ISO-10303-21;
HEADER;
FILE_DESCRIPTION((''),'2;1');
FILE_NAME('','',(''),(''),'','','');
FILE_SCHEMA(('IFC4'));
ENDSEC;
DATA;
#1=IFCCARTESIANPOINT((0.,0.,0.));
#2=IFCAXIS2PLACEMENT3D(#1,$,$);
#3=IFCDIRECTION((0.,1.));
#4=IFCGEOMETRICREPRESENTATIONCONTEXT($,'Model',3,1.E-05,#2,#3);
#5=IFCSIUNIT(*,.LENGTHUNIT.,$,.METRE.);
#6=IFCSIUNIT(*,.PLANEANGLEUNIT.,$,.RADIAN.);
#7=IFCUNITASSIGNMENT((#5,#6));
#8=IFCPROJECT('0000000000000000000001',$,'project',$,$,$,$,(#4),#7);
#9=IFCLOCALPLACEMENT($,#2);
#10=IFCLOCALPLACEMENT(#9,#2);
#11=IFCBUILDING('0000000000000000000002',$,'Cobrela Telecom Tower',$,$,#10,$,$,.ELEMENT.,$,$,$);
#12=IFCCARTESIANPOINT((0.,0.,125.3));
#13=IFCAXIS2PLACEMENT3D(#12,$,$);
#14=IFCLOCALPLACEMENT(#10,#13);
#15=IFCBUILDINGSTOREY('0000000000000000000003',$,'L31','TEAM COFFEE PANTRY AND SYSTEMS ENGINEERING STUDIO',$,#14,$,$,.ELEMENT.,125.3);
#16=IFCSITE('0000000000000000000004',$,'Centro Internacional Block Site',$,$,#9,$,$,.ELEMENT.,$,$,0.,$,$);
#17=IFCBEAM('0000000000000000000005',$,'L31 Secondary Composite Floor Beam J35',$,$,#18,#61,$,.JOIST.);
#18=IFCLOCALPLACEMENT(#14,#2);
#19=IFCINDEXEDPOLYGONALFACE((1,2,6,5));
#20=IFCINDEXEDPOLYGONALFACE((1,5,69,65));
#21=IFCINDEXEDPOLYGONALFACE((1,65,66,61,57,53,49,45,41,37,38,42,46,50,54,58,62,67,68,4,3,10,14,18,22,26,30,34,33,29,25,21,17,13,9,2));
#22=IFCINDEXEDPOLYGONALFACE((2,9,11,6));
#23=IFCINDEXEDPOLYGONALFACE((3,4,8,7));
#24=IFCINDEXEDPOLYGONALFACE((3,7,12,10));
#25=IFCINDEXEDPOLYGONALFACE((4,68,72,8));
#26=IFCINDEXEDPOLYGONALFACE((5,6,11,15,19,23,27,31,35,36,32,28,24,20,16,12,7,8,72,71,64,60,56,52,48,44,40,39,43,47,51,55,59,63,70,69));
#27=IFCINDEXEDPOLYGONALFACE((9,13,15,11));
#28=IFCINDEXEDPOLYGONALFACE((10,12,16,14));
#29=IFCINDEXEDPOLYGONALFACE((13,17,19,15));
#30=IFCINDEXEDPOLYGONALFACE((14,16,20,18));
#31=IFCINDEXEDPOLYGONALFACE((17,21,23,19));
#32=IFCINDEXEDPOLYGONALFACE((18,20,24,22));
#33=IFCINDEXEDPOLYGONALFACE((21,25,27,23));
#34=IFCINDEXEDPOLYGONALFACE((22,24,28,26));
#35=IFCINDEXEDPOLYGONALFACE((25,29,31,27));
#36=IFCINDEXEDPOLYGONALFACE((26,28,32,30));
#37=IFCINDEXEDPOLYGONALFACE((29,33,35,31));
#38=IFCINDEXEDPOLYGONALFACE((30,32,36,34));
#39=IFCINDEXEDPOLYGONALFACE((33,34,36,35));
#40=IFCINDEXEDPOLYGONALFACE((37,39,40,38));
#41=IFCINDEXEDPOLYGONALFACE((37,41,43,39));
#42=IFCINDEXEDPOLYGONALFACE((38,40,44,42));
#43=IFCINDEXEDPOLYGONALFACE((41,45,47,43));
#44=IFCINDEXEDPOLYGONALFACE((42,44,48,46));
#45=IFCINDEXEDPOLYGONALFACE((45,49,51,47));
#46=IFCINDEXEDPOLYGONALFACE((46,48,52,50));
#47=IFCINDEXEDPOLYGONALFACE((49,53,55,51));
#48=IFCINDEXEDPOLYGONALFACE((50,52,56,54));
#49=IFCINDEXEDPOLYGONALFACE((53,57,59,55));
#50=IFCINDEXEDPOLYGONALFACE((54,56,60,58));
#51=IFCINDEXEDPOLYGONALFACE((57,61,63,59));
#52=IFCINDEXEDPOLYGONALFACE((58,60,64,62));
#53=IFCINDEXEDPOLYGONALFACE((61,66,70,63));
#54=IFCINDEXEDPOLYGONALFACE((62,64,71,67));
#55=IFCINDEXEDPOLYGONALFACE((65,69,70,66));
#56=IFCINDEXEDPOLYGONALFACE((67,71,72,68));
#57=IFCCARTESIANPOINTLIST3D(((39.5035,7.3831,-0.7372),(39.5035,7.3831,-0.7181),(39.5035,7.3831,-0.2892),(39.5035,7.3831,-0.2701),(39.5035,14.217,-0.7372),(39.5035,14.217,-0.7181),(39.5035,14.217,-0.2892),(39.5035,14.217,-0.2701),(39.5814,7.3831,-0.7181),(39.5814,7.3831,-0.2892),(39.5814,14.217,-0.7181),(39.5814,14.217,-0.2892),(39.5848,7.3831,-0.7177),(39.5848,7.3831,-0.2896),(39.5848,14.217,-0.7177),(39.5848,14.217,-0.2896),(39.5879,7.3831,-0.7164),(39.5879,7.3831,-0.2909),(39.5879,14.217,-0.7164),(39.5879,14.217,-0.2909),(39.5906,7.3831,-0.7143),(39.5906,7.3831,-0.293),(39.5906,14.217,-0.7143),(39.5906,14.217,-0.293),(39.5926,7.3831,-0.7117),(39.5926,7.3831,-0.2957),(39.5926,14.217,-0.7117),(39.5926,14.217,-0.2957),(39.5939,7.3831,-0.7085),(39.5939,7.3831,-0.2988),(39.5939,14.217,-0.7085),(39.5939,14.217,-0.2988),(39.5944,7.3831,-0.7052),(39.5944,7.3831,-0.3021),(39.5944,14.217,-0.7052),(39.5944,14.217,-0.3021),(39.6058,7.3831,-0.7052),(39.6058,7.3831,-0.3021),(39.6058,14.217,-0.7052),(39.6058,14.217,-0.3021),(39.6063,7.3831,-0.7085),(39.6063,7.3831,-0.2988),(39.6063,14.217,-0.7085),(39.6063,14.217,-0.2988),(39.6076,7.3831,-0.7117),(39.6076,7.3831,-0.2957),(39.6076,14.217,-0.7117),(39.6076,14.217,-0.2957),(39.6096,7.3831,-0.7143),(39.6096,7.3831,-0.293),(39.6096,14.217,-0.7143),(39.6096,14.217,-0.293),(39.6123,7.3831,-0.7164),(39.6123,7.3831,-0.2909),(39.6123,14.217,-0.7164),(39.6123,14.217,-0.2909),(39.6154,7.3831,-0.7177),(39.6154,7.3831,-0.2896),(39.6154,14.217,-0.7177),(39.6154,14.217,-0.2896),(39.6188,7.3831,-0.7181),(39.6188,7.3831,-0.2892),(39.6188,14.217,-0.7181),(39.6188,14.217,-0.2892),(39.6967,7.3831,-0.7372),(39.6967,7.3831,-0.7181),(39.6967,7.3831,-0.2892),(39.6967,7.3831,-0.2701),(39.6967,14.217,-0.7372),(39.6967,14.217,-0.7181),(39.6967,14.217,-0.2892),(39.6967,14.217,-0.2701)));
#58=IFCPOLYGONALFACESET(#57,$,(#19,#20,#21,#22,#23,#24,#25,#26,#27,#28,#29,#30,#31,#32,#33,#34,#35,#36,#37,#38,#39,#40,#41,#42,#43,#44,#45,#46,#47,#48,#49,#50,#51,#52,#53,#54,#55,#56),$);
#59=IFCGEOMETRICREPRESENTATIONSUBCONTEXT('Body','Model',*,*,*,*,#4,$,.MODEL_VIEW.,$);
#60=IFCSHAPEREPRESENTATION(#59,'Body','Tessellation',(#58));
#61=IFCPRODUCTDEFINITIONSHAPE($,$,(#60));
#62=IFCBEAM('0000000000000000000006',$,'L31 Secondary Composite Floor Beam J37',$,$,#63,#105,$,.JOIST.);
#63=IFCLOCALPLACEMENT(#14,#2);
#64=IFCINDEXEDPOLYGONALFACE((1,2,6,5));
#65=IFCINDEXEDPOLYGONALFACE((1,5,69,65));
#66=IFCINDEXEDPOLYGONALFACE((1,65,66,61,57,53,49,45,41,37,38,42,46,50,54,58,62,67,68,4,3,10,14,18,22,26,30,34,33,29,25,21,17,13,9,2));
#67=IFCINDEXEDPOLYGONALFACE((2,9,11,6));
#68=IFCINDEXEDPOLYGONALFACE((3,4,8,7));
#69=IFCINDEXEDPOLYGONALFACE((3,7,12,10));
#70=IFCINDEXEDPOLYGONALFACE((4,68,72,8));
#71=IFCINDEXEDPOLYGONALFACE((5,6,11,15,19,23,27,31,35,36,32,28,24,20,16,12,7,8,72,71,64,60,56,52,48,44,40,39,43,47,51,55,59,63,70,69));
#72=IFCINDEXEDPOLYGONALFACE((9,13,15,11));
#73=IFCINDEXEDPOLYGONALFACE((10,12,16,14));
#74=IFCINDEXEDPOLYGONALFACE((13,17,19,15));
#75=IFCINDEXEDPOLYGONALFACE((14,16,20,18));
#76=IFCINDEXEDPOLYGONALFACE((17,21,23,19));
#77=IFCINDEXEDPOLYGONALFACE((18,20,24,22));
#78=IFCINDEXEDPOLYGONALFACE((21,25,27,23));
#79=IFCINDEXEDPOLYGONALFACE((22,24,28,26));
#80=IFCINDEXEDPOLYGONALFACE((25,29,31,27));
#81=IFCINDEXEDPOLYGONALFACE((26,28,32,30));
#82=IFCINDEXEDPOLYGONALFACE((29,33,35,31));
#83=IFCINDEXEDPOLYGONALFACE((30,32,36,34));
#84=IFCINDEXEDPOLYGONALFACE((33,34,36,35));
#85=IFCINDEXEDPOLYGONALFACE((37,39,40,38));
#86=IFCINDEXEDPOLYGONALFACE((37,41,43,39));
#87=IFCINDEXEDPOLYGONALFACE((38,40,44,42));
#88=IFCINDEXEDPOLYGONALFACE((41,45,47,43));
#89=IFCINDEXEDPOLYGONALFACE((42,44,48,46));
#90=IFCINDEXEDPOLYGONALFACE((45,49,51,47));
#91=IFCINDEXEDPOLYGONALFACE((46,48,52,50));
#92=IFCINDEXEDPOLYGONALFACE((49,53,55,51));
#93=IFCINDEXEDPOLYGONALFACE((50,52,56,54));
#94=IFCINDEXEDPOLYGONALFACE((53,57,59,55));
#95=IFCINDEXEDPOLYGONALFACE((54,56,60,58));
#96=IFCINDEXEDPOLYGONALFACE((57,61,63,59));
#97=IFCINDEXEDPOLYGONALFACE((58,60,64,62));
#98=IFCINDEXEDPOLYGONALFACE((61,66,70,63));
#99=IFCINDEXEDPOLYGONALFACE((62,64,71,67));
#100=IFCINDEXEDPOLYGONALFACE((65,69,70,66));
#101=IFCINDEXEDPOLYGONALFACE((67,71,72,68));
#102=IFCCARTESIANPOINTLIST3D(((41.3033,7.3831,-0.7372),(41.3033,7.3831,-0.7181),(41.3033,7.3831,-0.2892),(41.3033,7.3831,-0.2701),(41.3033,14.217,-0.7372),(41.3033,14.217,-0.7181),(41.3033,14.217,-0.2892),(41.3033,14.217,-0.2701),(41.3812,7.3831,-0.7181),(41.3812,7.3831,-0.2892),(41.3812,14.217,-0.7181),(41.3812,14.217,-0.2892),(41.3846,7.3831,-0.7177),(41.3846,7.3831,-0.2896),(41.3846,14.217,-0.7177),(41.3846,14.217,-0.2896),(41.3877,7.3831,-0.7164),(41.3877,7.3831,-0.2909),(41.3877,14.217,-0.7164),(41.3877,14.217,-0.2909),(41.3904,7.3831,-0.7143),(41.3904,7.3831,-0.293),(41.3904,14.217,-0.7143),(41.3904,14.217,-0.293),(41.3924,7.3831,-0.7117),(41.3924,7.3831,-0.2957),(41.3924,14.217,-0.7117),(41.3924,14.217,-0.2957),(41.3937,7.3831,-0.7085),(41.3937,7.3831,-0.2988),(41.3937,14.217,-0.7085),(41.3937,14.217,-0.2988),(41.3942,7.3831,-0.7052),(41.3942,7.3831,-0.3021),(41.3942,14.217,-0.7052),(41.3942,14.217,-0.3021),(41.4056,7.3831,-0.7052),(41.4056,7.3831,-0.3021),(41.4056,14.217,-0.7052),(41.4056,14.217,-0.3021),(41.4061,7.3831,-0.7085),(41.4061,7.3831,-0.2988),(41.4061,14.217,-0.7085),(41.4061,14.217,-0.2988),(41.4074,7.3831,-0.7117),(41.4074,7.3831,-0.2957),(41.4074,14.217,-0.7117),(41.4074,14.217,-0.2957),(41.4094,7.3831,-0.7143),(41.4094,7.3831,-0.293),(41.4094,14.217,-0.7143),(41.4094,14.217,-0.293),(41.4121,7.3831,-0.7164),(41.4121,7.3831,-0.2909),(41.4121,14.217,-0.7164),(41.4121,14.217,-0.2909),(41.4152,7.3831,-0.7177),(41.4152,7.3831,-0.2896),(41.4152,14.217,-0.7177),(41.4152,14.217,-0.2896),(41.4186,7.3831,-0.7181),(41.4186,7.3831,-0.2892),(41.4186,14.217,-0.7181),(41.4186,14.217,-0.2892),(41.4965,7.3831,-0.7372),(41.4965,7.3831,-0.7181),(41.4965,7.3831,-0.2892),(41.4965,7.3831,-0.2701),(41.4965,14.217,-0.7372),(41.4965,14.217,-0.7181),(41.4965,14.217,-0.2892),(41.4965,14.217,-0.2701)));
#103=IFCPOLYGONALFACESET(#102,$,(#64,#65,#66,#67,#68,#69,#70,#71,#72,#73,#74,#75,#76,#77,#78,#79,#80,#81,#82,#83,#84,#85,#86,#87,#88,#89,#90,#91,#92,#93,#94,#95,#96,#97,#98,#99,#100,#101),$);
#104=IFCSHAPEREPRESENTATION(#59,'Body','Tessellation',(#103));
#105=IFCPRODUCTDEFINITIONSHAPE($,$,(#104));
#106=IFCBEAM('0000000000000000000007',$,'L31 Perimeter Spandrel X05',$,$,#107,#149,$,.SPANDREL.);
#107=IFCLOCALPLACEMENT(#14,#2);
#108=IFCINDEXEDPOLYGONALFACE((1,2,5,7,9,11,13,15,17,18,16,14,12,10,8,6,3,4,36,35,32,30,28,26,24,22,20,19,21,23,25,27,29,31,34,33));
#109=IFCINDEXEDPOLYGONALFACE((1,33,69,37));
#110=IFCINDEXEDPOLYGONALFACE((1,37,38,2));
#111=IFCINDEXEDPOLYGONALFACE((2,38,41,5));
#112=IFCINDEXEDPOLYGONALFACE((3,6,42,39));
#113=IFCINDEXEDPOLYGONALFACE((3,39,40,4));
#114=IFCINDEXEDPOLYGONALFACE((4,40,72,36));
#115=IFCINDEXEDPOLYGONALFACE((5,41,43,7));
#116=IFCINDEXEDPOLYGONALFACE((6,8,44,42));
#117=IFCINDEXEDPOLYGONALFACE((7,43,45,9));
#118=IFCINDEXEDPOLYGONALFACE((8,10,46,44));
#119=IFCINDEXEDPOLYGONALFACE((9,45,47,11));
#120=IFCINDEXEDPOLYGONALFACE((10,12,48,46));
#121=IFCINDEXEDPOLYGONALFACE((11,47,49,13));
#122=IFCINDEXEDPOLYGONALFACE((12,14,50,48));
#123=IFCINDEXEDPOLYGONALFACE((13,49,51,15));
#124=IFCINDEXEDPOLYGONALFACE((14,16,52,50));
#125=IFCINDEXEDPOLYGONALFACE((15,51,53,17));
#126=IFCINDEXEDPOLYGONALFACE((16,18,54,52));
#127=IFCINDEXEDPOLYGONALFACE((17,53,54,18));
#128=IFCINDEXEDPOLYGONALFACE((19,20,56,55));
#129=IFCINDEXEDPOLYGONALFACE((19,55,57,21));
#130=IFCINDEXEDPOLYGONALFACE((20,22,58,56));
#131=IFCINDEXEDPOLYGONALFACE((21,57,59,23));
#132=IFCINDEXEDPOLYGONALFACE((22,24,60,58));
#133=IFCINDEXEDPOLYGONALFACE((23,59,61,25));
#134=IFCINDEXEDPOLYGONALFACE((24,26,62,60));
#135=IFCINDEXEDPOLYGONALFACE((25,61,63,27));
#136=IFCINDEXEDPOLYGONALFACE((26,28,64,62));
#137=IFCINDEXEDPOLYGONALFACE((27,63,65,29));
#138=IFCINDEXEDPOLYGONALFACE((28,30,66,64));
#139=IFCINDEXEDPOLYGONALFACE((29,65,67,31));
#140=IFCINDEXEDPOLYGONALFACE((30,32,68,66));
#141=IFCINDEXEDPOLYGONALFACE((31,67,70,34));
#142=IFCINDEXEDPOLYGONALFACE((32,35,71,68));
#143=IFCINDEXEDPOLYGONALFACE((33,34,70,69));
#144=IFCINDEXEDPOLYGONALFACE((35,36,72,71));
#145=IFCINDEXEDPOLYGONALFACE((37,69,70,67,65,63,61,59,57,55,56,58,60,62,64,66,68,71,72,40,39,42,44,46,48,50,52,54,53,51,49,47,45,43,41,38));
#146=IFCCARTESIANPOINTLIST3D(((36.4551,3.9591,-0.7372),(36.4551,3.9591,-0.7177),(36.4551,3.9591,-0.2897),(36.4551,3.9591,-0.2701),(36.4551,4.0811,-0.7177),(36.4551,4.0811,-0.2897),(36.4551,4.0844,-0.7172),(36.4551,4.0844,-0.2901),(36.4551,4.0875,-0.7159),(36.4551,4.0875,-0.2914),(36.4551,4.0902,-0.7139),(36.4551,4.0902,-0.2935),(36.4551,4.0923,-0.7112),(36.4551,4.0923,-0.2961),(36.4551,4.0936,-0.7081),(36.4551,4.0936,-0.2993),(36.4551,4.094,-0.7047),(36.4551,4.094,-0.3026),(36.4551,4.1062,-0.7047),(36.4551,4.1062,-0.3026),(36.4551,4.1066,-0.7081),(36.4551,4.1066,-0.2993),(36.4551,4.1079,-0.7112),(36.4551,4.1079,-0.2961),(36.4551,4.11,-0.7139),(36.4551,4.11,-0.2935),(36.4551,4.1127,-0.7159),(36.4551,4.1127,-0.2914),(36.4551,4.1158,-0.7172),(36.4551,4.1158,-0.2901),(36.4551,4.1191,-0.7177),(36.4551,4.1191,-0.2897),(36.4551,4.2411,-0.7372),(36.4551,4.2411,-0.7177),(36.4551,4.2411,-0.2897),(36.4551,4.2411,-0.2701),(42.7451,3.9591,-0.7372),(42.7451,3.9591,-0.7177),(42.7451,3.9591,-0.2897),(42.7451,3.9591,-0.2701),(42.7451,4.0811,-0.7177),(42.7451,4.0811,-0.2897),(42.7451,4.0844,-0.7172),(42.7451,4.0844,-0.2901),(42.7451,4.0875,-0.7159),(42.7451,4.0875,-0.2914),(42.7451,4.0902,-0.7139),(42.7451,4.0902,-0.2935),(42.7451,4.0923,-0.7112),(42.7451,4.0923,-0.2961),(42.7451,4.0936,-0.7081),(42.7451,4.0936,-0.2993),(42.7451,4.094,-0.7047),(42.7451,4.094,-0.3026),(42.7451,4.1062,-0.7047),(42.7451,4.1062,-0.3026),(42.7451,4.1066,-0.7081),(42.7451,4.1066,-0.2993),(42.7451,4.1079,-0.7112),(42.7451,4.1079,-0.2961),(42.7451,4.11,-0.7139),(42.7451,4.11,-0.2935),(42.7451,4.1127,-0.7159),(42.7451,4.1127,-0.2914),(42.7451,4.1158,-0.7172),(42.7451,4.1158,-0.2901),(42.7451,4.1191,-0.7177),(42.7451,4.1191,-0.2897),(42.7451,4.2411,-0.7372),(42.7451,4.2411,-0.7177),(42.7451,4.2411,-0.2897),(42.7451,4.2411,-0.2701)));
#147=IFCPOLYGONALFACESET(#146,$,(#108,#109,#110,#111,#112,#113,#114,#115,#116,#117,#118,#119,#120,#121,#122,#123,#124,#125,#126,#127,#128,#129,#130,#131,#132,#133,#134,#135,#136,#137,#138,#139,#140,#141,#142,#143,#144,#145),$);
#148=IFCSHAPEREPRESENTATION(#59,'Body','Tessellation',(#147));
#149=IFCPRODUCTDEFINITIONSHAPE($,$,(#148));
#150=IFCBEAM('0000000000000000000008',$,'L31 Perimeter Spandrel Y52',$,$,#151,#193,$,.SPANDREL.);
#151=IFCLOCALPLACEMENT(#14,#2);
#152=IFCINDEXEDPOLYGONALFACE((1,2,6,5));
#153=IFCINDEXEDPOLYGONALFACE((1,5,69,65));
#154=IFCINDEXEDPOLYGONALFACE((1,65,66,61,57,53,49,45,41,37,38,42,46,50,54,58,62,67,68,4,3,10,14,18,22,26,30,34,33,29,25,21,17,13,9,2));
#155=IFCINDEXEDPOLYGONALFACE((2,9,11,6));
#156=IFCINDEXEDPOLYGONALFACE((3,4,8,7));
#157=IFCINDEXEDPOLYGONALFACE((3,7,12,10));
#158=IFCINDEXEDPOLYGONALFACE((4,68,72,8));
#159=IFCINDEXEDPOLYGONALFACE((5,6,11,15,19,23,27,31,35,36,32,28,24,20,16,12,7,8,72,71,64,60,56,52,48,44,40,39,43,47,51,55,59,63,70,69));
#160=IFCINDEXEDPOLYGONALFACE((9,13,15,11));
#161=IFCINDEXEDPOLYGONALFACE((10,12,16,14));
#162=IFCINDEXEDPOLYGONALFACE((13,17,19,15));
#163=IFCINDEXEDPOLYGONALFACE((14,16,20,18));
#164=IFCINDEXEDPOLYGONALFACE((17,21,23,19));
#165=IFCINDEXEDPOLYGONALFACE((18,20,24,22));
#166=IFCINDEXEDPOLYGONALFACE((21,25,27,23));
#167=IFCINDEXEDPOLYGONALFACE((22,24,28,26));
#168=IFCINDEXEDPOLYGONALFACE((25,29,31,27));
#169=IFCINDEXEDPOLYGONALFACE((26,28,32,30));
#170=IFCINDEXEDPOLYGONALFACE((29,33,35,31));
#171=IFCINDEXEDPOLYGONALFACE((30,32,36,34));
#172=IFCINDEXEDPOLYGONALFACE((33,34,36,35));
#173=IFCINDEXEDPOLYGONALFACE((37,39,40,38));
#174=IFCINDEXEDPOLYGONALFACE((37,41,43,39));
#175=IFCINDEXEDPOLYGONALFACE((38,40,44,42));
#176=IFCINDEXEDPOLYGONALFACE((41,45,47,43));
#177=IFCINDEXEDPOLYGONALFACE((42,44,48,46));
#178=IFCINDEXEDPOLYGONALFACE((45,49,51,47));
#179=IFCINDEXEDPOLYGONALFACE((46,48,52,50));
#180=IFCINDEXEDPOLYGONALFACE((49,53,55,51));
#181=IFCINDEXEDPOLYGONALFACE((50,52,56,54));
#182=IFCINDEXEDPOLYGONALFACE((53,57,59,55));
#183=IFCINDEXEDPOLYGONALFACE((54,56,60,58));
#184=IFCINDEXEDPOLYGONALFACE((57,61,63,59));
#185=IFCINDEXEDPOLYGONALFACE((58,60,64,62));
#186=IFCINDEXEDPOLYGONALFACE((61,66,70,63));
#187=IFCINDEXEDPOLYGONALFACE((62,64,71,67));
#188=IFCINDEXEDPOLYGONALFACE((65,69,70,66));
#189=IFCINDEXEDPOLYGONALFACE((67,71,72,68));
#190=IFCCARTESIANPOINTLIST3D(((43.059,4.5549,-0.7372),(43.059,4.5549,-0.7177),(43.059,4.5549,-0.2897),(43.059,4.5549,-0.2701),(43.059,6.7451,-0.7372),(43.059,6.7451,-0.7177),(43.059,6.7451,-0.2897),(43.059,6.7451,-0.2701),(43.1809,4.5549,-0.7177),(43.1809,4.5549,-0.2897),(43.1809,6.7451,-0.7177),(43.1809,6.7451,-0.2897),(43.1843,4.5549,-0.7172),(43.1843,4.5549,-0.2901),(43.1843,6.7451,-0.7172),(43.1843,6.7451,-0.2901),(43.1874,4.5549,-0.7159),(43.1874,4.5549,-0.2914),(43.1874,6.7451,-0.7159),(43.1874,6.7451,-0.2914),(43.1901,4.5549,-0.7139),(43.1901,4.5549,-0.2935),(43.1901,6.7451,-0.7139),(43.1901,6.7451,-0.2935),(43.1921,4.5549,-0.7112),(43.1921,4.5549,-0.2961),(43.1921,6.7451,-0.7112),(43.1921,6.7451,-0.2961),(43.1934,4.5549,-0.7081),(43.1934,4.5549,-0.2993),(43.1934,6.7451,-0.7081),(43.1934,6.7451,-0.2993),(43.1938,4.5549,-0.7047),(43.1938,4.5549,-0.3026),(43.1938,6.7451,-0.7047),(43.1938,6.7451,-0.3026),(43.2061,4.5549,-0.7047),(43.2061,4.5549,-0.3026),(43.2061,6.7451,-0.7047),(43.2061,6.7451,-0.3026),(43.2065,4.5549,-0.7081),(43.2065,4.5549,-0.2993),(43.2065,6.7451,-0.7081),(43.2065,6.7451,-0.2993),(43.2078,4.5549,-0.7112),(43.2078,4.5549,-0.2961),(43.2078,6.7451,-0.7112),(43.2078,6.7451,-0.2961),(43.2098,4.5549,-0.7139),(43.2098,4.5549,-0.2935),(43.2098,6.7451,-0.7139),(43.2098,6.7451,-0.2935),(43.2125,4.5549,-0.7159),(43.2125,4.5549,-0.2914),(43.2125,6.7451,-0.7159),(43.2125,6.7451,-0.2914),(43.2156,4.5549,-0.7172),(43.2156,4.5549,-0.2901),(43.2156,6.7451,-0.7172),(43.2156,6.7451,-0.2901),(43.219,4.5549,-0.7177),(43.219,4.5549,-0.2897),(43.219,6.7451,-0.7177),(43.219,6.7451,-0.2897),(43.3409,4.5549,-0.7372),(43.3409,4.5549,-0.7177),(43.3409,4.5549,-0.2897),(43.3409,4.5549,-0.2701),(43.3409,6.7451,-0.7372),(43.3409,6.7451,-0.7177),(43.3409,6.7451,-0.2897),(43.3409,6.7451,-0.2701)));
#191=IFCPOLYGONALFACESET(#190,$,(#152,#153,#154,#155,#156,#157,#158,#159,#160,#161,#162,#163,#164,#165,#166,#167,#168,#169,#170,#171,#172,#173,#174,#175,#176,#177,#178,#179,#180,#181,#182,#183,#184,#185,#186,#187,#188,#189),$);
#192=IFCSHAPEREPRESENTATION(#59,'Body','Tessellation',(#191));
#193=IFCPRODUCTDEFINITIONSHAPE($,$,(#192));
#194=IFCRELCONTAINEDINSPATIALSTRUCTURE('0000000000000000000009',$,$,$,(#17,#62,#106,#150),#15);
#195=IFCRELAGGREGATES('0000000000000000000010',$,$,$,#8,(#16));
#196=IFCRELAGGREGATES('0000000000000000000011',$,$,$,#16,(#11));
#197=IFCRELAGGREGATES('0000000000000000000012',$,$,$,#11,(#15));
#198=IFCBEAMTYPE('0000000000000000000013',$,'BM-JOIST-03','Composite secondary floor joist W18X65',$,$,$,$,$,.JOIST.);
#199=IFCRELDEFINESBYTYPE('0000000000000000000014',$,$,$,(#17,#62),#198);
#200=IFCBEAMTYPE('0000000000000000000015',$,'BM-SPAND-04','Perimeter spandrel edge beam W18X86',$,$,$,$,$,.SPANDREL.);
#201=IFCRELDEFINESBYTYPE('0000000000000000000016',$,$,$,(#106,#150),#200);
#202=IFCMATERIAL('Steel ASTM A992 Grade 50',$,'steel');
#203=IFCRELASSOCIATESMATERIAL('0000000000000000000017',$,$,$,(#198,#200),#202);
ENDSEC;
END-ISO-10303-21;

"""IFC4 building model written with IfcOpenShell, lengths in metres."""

from ifc_helpers import new_model, si_unit, direction, frame, origin, origin_2d, place, context, subcontext, project, spatial, i_section, extrude, material, material_profile, profile_set, type_object, element, save


model = new_model("IFC4")

# Units and contexts
model_context = context("Model", 3, precision=1e-05, world=origin(), true_north=direction((0.0, 1.0)))
body_context = subcontext(model_context, "Body", "Model", "MODEL_VIEW")
ifc_project = project(units=[si_unit("LENGTHUNIT", "METRE"), si_unit("PLANEANGLEUNIT", "RADIAN")], contexts=[model_context])

# Site, building, storey
site_placement = place(None, origin())
site = spatial("IfcSite", under=ifc_project, at=site_placement, Name="Centro Internacional Block Site", CompositionType="ELEMENT", RefElevation=0.0)
building_placement = place(site_placement, origin())
building = spatial("IfcBuilding", under=site, at=building_placement, Name="Cobrela Telecom Tower", CompositionType="ELEMENT")
storey_placement = place(building_placement, frame((0.0, 0.0, 125.3)))
storey = spatial("IfcBuildingStorey", under=building, at=storey_placement, Name="L31", Description="TEAM COFFEE PANTRY AND SYSTEMS ENGINEERING STUDIO", CompositionType="ELEMENT", Elevation=125.3)

# Shared definitions
ifc_material_1 = material(Name="Steel ASTM A992 Grade 50", Category="steel")

# Beams
ifc_material_profile_1 = material_profile(ifc_material_1, i_section(OverallWidth=0.1931, OverallDepth=0.467, WebThickness=0.0115, FlangeThickness=0.019, FilletRadius=0.0129, at=origin_2d()), Name="W18X65")
ifc_profile_set_1 = profile_set([ifc_material_profile_1], Name="Steel ASTM A992 Grade 50")
beam_type_1 = type_object("IfcBeamType", Name="BM-JOIST-03", Description="Composite secondary floor joist W18X65", PredefinedType="JOIST", material=ifc_profile_set_1)
for number, where, z_axis, x_axis, name in (
    (1, (39.6001, 7.3831, -0.5037), (0.0, 1.0, 0.0), (-1.0, 0.0, 0.0), "L31 Secondary Composite Floor Beam J35"),
    (2, (41.3999, 7.3831, -0.5037), (0.0, 1.0, 0.0), (-1.0, 0.0, 0.0), "L31 Secondary Composite Floor Beam J37"),
):
    element("IfcBeam", number, at=place(storey_placement, frame(where, z_axis=z_axis, x_axis=x_axis)), inside=storey, type_object=beam_type_1, Name=name, PredefinedType="JOIST", context=body_context, shape_type="SweptSolid", body=[
        extrude(i_section(OverallWidth=0.1931, OverallDepth=0.467, WebThickness=0.0115, FlangeThickness=0.019, FilletRadius=0.0129, at=origin_2d()), origin(), (0.0, 0.0, 1.0), 6.834),
    ])
ifc_material_profile_2 = material_profile(ifc_material_1, i_section(OverallWidth=0.282, OverallDepth=0.467, WebThickness=0.0122, FlangeThickness=0.0195, FilletRadius=0.0129, at=origin_2d()), Name="W18X86")
ifc_profile_set_2 = profile_set([ifc_material_profile_2], Name="Steel ASTM A992 Grade 50")
beam_type_2 = type_object("IfcBeamType", Name="BM-SPAND-04", Description="Perimeter spandrel edge beam W18X86", PredefinedType="SPANDREL", material=ifc_profile_set_2)
beam_1_placement = place(storey_placement, frame((36.4551, 4.1001, -0.5037), z_axis=(1.0, 0.0, 0.0), x_axis=(0.0, 1.0, 0.0)))
element("IfcBeam", 3, at=beam_1_placement, inside=storey, type_object=beam_type_2, Name="L31 Perimeter Spandrel X05", PredefinedType="SPANDREL", context=body_context, shape_type="SweptSolid", body=[
    extrude(i_section(OverallWidth=0.282, OverallDepth=0.467, WebThickness=0.0122, FlangeThickness=0.0195, FilletRadius=0.0129, at=origin_2d()), origin(), (0.0, 0.0, 1.0), 6.29),
])
beam_2_placement = place(storey_placement, frame((43.2, 4.5549, -0.5037), z_axis=(0.0, 1.0, 0.0), x_axis=(-1.0, 0.0, 0.0)))
element("IfcBeam", 4, at=beam_2_placement, inside=storey, type_object=beam_type_2, Name="L31 Perimeter Spandrel Y52", PredefinedType="SPANDREL", context=body_context, shape_type="SweptSolid", body=[
    extrude(i_section(OverallWidth=0.282, OverallDepth=0.467, WebThickness=0.0122, FlangeThickness=0.0195, FilletRadius=0.0129, at=origin_2d()), origin(), (0.0, 0.0, 1.0), 2.1902),
])

save(model, "model.ifc")
